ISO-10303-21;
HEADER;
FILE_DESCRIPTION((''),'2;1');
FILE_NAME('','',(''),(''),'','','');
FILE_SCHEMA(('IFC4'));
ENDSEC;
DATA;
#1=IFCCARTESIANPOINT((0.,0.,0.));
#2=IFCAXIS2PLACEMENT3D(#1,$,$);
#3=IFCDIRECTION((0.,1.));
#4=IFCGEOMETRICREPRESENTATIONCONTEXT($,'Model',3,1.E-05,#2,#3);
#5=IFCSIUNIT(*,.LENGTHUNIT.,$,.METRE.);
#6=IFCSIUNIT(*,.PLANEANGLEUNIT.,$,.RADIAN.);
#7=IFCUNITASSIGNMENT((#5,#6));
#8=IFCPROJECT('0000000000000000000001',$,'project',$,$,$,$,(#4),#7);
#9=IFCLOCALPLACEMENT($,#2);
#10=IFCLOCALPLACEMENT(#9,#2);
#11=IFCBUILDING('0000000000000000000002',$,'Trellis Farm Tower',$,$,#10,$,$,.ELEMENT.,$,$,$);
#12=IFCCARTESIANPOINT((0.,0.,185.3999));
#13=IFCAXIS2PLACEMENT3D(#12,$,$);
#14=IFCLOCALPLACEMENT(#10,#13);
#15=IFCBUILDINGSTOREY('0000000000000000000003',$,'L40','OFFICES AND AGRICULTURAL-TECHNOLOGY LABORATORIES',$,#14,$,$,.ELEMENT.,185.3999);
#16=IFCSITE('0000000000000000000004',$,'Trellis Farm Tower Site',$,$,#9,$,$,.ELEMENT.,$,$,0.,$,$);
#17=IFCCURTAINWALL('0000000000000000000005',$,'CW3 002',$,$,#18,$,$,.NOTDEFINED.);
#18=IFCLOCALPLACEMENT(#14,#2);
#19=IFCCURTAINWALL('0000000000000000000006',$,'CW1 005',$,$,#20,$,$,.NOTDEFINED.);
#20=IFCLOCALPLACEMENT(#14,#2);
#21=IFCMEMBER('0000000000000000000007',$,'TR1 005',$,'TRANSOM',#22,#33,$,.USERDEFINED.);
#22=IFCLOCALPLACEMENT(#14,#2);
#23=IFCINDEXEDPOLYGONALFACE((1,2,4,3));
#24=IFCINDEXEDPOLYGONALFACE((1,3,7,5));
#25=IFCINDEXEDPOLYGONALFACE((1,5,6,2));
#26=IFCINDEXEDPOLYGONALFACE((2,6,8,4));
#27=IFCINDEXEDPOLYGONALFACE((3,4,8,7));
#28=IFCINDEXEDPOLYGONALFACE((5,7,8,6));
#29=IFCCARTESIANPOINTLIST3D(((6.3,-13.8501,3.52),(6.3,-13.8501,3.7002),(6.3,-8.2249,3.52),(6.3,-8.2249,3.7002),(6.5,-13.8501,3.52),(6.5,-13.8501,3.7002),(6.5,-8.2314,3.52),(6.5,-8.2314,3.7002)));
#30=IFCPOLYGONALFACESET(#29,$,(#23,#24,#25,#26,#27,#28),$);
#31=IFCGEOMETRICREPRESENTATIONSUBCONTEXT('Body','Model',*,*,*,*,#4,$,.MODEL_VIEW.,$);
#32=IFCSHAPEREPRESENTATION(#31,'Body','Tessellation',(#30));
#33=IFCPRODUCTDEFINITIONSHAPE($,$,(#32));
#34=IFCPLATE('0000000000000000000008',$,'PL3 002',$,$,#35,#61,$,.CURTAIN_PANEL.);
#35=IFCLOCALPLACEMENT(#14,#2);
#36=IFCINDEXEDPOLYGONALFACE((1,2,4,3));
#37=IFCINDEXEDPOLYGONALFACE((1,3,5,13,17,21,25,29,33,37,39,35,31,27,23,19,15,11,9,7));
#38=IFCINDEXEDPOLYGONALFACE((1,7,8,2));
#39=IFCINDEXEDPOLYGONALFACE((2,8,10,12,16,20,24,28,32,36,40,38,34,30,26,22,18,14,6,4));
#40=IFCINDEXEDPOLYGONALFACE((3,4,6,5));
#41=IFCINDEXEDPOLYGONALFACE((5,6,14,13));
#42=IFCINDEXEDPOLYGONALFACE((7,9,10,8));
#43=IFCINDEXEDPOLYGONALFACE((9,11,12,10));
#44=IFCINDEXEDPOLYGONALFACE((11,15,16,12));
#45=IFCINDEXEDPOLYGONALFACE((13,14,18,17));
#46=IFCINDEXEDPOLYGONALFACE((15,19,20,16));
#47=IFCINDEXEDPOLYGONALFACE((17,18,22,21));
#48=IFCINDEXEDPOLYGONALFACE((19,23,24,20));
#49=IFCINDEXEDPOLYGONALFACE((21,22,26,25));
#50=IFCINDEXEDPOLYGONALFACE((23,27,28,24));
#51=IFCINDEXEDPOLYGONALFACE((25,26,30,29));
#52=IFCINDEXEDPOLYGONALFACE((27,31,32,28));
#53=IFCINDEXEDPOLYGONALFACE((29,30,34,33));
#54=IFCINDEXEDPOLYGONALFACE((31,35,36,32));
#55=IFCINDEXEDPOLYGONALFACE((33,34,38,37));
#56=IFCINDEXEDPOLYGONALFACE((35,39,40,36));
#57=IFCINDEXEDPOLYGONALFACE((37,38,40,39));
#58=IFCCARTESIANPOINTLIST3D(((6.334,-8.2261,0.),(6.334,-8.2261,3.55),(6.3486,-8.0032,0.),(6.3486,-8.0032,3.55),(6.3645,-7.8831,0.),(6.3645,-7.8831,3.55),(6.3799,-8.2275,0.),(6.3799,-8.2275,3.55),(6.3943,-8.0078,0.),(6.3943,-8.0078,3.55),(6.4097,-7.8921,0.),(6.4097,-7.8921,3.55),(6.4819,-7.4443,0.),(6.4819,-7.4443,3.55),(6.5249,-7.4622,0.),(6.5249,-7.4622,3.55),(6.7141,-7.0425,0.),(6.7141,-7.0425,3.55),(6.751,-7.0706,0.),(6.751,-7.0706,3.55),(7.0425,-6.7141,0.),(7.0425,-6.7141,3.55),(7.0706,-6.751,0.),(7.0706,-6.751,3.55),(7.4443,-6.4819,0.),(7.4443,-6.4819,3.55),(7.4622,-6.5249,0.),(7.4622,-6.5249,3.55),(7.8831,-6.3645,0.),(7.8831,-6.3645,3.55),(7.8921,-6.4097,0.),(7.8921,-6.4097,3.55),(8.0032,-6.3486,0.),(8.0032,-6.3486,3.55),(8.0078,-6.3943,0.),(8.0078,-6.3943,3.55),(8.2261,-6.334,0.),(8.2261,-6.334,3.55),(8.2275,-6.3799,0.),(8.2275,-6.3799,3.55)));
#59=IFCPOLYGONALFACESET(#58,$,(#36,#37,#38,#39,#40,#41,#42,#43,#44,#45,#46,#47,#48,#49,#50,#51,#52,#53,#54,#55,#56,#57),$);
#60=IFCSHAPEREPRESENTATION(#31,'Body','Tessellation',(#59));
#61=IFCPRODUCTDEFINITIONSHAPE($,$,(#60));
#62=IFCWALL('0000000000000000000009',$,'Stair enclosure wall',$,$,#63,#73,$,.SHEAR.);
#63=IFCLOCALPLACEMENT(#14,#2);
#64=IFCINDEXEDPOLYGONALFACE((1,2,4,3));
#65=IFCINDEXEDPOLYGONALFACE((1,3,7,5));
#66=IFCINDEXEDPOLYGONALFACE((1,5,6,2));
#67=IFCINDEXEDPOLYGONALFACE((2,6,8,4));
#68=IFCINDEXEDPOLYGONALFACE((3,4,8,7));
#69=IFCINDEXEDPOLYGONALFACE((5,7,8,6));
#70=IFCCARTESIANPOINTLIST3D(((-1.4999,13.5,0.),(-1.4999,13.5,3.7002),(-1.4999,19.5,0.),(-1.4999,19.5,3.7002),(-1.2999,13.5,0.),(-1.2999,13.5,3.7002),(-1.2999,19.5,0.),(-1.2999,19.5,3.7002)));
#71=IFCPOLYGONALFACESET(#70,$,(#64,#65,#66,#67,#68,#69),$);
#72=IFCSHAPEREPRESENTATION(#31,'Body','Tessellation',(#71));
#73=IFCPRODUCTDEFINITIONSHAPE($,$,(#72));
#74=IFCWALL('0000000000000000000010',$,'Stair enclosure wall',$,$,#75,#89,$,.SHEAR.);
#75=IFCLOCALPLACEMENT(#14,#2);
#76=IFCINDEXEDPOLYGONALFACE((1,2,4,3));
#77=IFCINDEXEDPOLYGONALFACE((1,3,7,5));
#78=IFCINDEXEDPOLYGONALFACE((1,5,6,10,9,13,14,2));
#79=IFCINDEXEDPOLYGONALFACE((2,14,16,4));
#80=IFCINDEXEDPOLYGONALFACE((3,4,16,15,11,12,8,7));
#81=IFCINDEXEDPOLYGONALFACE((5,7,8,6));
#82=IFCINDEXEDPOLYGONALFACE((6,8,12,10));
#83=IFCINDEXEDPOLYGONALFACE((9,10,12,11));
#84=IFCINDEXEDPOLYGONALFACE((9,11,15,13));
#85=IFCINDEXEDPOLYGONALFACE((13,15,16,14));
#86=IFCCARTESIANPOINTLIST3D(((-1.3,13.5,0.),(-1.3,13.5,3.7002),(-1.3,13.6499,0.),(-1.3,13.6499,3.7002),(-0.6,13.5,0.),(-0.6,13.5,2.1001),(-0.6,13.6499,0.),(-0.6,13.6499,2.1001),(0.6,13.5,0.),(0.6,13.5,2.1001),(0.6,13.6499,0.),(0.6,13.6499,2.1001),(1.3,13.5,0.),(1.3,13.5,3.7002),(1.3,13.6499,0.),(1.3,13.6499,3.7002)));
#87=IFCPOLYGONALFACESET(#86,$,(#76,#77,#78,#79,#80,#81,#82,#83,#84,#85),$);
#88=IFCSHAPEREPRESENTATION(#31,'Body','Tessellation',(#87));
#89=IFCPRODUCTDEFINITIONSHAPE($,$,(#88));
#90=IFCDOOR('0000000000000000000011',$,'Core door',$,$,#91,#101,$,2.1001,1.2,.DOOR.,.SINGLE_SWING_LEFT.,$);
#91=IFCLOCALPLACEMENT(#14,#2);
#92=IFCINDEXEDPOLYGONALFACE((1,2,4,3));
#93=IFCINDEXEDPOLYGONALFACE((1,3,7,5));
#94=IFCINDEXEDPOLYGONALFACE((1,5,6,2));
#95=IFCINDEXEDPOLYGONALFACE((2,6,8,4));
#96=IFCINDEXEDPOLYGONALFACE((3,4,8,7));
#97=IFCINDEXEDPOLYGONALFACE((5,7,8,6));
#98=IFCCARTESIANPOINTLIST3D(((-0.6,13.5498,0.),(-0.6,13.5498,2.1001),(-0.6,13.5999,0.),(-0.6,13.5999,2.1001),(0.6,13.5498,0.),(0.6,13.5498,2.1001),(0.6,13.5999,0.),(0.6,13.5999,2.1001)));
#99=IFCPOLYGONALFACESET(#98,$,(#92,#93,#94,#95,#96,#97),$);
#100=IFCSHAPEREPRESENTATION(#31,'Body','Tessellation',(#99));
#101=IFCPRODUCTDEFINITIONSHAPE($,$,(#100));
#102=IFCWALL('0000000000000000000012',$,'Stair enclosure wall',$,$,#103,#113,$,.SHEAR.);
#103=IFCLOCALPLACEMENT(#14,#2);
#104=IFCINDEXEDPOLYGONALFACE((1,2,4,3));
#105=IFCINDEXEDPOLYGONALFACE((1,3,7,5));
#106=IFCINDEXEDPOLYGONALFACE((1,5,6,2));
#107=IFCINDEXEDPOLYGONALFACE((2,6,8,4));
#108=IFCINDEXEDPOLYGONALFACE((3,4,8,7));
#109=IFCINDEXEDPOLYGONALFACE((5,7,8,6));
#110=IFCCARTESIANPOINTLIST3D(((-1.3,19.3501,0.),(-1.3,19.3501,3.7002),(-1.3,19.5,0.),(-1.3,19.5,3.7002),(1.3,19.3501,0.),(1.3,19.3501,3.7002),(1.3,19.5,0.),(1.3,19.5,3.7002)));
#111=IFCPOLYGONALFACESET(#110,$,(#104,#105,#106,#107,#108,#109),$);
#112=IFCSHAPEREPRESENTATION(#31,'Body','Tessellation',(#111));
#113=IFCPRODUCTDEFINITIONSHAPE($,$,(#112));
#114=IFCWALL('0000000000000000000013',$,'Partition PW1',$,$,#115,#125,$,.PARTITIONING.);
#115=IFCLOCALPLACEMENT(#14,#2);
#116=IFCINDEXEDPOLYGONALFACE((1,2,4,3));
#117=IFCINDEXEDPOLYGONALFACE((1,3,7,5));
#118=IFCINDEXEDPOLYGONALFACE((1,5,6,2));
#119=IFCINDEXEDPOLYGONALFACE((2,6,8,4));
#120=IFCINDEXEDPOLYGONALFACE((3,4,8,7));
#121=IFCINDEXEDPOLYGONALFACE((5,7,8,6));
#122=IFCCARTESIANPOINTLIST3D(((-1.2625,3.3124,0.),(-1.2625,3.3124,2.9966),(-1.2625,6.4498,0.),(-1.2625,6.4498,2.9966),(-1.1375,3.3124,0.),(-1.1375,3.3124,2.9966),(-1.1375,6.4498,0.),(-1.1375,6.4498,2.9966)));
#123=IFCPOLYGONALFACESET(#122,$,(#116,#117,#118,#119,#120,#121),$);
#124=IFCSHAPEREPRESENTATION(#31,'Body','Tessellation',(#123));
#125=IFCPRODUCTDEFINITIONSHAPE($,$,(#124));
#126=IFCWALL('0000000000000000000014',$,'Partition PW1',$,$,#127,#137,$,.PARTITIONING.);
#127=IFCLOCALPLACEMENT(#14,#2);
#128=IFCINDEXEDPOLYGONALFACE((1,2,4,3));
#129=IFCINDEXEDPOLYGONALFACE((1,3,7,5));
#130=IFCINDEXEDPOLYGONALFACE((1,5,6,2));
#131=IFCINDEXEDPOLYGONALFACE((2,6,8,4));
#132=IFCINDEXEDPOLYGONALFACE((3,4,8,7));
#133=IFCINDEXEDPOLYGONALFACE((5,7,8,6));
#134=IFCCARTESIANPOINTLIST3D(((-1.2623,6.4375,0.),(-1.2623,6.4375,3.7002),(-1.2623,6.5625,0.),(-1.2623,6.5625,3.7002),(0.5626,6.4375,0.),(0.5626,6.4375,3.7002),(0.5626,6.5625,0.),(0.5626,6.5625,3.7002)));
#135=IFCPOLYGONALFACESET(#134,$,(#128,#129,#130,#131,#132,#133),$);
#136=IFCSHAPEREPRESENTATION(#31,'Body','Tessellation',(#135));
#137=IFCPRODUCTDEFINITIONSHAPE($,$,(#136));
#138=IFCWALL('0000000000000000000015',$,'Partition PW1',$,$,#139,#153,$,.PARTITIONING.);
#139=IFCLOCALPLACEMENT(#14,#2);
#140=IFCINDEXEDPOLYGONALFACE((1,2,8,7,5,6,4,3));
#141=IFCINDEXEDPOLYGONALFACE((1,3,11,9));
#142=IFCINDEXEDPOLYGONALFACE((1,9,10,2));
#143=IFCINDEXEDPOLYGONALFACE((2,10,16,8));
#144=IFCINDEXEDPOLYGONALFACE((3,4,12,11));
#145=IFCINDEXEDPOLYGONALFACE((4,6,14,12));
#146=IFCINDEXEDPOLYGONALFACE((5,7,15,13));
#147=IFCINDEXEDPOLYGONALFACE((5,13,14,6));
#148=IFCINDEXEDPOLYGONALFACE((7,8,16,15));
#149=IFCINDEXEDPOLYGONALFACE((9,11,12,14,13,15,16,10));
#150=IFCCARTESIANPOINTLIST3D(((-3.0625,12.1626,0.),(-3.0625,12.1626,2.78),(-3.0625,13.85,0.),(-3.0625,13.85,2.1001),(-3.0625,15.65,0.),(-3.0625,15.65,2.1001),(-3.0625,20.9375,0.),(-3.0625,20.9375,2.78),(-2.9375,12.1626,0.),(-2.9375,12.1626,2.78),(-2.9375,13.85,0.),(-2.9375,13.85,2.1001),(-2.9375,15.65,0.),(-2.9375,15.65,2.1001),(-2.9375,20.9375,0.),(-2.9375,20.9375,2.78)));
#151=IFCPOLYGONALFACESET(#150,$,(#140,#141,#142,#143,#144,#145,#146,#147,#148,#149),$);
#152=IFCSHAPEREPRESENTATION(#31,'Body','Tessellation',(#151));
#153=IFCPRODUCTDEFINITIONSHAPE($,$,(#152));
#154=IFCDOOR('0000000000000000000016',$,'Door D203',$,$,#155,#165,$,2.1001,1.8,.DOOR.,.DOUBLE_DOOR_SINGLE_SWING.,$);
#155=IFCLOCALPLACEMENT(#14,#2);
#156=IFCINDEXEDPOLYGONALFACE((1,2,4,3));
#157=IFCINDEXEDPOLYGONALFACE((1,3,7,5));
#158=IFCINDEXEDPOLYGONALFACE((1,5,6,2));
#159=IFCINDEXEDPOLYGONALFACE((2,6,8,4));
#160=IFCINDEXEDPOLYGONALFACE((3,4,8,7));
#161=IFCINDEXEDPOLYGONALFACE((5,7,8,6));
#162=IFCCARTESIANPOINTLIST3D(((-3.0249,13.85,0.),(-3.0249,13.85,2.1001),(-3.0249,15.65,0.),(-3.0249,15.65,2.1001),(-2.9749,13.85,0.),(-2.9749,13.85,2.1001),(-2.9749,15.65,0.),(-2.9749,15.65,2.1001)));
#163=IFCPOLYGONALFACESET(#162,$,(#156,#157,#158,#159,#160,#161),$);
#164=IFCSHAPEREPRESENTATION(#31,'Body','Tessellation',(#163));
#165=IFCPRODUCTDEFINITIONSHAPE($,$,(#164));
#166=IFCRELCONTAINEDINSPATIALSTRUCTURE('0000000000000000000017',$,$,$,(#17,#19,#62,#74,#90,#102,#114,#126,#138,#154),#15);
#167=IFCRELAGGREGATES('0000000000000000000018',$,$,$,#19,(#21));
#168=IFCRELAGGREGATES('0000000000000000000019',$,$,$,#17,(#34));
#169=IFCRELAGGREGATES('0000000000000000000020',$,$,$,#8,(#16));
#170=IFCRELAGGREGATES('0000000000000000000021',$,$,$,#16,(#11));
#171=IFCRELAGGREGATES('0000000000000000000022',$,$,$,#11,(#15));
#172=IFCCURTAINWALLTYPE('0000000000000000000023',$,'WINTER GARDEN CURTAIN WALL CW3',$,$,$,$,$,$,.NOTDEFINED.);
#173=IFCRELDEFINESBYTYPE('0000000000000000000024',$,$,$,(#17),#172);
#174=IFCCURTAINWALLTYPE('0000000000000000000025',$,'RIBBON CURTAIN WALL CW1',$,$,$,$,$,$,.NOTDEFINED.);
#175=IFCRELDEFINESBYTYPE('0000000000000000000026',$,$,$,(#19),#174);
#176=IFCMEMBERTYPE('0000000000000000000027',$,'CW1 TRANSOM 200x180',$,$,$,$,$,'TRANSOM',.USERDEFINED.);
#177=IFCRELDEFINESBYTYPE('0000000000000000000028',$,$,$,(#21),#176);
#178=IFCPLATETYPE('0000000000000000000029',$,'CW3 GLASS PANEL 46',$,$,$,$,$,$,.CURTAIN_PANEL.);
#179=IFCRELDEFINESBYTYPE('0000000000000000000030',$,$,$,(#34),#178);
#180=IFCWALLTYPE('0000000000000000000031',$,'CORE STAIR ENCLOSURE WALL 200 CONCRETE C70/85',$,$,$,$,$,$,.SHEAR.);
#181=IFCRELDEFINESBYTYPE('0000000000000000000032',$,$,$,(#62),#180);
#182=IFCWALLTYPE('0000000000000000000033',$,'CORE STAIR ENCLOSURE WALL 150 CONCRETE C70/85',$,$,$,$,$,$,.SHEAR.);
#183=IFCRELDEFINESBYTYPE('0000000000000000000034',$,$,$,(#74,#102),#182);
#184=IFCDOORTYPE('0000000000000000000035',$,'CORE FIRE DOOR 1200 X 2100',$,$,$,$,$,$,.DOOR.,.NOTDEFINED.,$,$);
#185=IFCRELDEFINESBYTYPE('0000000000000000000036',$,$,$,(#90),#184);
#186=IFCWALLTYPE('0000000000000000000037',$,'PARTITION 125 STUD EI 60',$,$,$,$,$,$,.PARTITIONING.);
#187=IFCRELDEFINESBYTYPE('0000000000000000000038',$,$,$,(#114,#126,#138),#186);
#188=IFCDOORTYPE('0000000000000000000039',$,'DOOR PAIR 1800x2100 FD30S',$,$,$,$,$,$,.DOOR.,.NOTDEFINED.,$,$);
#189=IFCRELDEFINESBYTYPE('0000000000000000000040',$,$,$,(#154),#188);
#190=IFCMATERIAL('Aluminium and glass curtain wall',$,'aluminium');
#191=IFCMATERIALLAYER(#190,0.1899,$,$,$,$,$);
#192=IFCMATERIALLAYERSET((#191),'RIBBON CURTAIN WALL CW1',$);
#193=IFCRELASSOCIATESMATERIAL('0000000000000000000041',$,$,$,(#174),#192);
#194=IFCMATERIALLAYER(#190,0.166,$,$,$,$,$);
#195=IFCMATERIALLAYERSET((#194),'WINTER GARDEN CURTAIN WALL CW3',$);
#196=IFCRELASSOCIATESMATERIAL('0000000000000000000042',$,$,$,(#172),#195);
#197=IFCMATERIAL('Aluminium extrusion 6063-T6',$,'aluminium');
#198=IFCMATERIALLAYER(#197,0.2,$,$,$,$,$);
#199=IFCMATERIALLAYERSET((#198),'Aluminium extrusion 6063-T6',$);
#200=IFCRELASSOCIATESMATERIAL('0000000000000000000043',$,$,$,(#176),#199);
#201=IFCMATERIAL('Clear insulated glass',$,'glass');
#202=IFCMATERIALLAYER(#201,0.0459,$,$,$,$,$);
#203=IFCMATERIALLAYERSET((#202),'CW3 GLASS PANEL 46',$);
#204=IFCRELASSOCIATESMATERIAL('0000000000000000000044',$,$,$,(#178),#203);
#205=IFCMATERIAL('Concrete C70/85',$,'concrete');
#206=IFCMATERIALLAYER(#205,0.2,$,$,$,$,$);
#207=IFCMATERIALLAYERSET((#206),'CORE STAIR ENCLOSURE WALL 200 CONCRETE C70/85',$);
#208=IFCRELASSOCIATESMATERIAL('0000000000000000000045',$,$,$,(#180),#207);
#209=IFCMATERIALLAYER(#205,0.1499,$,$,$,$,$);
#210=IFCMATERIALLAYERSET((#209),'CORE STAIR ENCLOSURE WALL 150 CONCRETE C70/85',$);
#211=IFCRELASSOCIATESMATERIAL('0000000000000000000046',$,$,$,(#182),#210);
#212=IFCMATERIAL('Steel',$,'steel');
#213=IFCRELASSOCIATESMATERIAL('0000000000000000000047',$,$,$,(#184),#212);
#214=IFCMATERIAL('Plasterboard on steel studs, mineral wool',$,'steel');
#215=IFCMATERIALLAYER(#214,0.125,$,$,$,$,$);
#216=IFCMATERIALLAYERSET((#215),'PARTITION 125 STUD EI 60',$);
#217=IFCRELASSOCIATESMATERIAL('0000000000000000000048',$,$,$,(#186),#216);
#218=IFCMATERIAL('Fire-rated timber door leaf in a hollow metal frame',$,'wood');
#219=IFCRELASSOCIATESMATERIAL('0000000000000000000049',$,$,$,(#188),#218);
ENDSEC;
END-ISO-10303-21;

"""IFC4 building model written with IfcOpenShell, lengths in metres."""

from ifc_helpers import new_model, si_unit, direction, frame, frame_2d, origin, place, context, subcontext, project, spatial, polyline, rectangle, outline, extrude, source, transform, mapped, material, layer, layer_set, type_object, element, fill, aggregate, save


model = new_model("IFC4")

# Units and contexts
model_context = context("Model", 3, precision=1e-05, world=origin(), true_north=direction((0.0, 1.0)))
body_context = subcontext(model_context, "Body", "Model", "MODEL_VIEW")
ifc_project = project(units=[si_unit("LENGTHUNIT", "METRE"), si_unit("PLANEANGLEUNIT", "RADIAN")], contexts=[model_context])

# Site, building, storey
site_placement = place(None, origin())
site = spatial("IfcSite", under=ifc_project, at=site_placement, Name="Trellis Farm Tower Site", CompositionType="ELEMENT", RefElevation=0.0)
building_placement = place(site_placement, origin())
building = spatial("IfcBuilding", under=site, at=building_placement, Name="Trellis Farm Tower", CompositionType="ELEMENT")
storey_placement = place(building_placement, frame((0.0, 0.0, 185.3999)))
storey = spatial("IfcBuildingStorey", under=building, at=storey_placement, Name="L40", Description="OFFICES AND AGRICULTURAL-TECHNOLOGY LABORATORIES", CompositionType="ELEMENT", Elevation=185.3999)

# Shared definitions
ifc_material_1 = material(Name="Concrete C70/85", Category="concrete")

# Curtain walls, member
ifc_material_2 = material(Name="Aluminium and glass curtain wall", Category="aluminium")
ifc_layer_1 = layer(ifc_material_2, 0.1899)
ifc_layer_set_1 = layer_set([ifc_layer_1], Name="RIBBON CURTAIN WALL CW1")
curtain_wall_type_1 = type_object("IfcCurtainWallType", Name="RIBBON CURTAIN WALL CW1", PredefinedType="NOTDEFINED", material=ifc_layer_set_1)
placement = place(storey_placement, origin())
ifc_material_3 = material(Name="Aluminium extrusion 6063-T6", Category="aluminium")
ifc_layer_2 = layer(ifc_material_2, 0.166)
ifc_layer_set_2 = layer_set([ifc_layer_2], Name="WINTER GARDEN CURTAIN WALL CW3")
curtain_wall_type_2 = type_object("IfcCurtainWallType", Name="WINTER GARDEN CURTAIN WALL CW3", PredefinedType="NOTDEFINED", material=ifc_layer_set_2)
curtain_wall_1 = element("IfcCurtainWall", 1, at=placement, inside=storey, type_object=curtain_wall_type_2, Name="CW3 002", PredefinedType="NOTDEFINED")
curtain_wall_2 = element("IfcCurtainWall", 2, at=placement, inside=storey, type_object=curtain_wall_type_1, Name="CW1 005", PredefinedType="NOTDEFINED")
ifc_layer_3 = layer(ifc_material_3, 0.2)
ifc_layer_set_3 = layer_set([ifc_layer_3], Name="Aluminium extrusion 6063-T6")
member_type_1 = type_object("IfcMemberType", Name="CW1 TRANSOM 200x180", ElementType="TRANSOM", PredefinedType="USERDEFINED", material=ifc_layer_set_3)
shared_shape_1 = source(origin(), body_context, "Body", "SweptSolid", [
    extrude(outline(polyline([(6.5, -13.8501), (6.5, -8.2314), (6.3, -8.2249), (6.3, -13.8501), (6.5, -13.8501)])), origin(), (0.0, 0.0, 1.0), 0.1802),
])
member_1_placement = place(storey_placement, frame((0.0, 0.0, 3.52)))
member_1 = element("IfcMember", 3, at=member_1_placement, type_object=member_type_1, Name="TR1 005", ObjectType="TRANSOM", PredefinedType="USERDEFINED", context=body_context, shape_type="MappedRepresentation", body=[
    mapped(shared_shape_1, transform((0.0, 0.0, 0.0))),
])
aggregate(curtain_wall_2, [member_1])

# Plate
ifc_material_4 = material(Name="Clear insulated glass", Category="glass")
ifc_layer_4 = layer(ifc_material_4, 0.0459)
ifc_layer_set_4 = layer_set([ifc_layer_4], Name="CW3 GLASS PANEL 46")
plate_type = type_object("IfcPlateType", Name="CW3 GLASS PANEL 46", PredefinedType="CURTAIN_PANEL", material=ifc_layer_set_4)
shared_shape_2 = source(origin(), body_context, "Body", "SweptSolid", [
    extrude(outline(polyline([(6.3799, -8.2275), (6.3943, -8.0078), (6.4097, -7.8921), (6.5249, -7.4622), (6.751, -7.0706), (7.0706, -6.751), (7.4622, -6.5249), (7.8921, -6.4097), (8.0078, -6.3943), (8.2275, -6.3799), (8.2261, -6.334), (8.0032, -6.3486), (7.8831, -6.3645), (7.4443, -6.4819), (7.0425, -6.7141), (6.7141, -7.0425), (6.4819, -7.4443), (6.3645, -7.8831), (6.3486, -8.0032), (6.334, -8.2261), (6.3799, -8.2275)])), origin(), (0.0, 0.0, 1.0), 3.55),
])
plate = element("IfcPlate", 4, at=placement, type_object=plate_type, Name="PL3 002", PredefinedType="CURTAIN_PANEL", context=body_context, shape_type="MappedRepresentation", body=[
    mapped(shared_shape_2, transform((0.0, 0.0, 0.0))),
])
aggregate(curtain_wall_1, [plate])

# Wall
ifc_layer_5 = layer(ifc_material_1, 0.2)
ifc_layer_set_5 = layer_set([ifc_layer_5], Name="CORE STAIR ENCLOSURE WALL 200 CONCRETE C70/85")
wall_type_1 = type_object("IfcWallType", Name="CORE STAIR ENCLOSURE WALL 200 CONCRETE C70/85", PredefinedType="SHEAR", material=ifc_layer_set_5)
shared_shape_3 = source(origin(), body_context, "Body", "SweptSolid", [
    extrude(rectangle(XDim=6.0, YDim=0.2, at=frame_2d((3.0, 0.0))), origin(), (0.0, 0.0, 1.0), 3.7002),
])
wall_1_placement = place(storey_placement, frame((-1.3999, 13.5, 0.0), z_axis=(0.0, 0.0, 1.0), x_axis=(0.0, 1.0, 0.0)))
element("IfcWall", 5, at=wall_1_placement, inside=storey, type_object=wall_type_1, Name="Stair enclosure wall", PredefinedType="SHEAR", context=body_context, shape_type="MappedRepresentation", body=[
    mapped(shared_shape_3, transform((0.0, 0.0, 0.0))),
])

# Wall, opening, door
ifc_layer_6 = layer(ifc_material_1, 0.1499)
ifc_layer_set_6 = layer_set([ifc_layer_6], Name="CORE STAIR ENCLOSURE WALL 150 CONCRETE C70/85")
wall_type_2 = type_object("IfcWallType", Name="CORE STAIR ENCLOSURE WALL 150 CONCRETE C70/85", PredefinedType="SHEAR", material=ifc_layer_set_6)
shared_shape_4 = source(origin(), body_context, "Body", "SweptSolid", [
    extrude(rectangle(XDim=2.6001, YDim=0.1499, at=frame_2d((1.3, 0.0))), origin(), (0.0, 0.0, 1.0), 3.7002),
])
wall_2_placement = place(storey_placement, frame((-1.3, 13.575, 0.0), z_axis=(0.0, 0.0, 1.0), x_axis=(1.0, 0.0, 0.0)))
wall_2 = element("IfcWall", 6, at=wall_2_placement, inside=storey, type_object=wall_type_2, Name="Stair enclosure wall", PredefinedType="SHEAR", context=body_context, shape_type="MappedRepresentation", body=[
    mapped(shared_shape_4, transform((0.0, 0.0, 0.0))),
])
shared_shape_5 = source(origin(), body_context, "Body", "SweptSolid", [
    extrude(rectangle(XDim=1.2, YDim=2.1001, at=frame_2d((0.6001, 1.05))), frame((0.0, 0.085, 0.0), z_axis=(0.0, -1.0, 0.0), x_axis=(1.0, 0.0, 0.0)), (0.0, 0.0, 1.0), 0.1699),
])
opening_1_placement = place(wall_2_placement, frame((0.7, 0.0, 0.0)))
opening_1 = element("IfcOpeningElement", 7, at=opening_1_placement, cuts=wall_2, PredefinedType="OPENING", context=body_context, shape_type="MappedRepresentation", body=[
    mapped(shared_shape_5, transform((0.0, 0.0, 0.0))),
])
ifc_material_5 = material(Name="Steel", Category="steel")
door_type_1 = type_object("IfcDoorType", Name="CORE FIRE DOOR 1200 X 2100", OperationType="NOTDEFINED", PredefinedType="DOOR", material=ifc_material_5)
shared_shape_6 = source(origin(), body_context, "Body", "SweptSolid", [
    extrude(rectangle(XDim=1.2, YDim=2.1001, at=frame_2d((0.6001, 1.05))), frame((0.0, 0.0249, 0.0), z_axis=(0.0, -1.0, 0.0), x_axis=(1.0, 0.0, 0.0)), (0.0, 0.0, 1.0), 0.05),
])
door_1_placement = place(opening_1_placement, origin())
door_1 = element("IfcDoor", 8, at=door_1_placement, inside=storey, type_object=door_type_1, Name="Core door", OperationType="SINGLE_SWING_LEFT", OverallHeight=2.1001, OverallWidth=1.2, PredefinedType="DOOR", context=body_context, shape_type="MappedRepresentation", body=[
    mapped(shared_shape_6, transform((0.0, 0.0, 0.0))),
])
fill(opening_1, door_1)

# Wall
wall_3_placement = place(storey_placement, frame((-1.3, 19.425, 0.0), z_axis=(0.0, 0.0, 1.0), x_axis=(1.0, 0.0, 0.0)))
element("IfcWall", 9, at=wall_3_placement, inside=storey, type_object=wall_type_2, Name="Stair enclosure wall", PredefinedType="SHEAR", context=body_context, shape_type="MappedRepresentation", body=[
    mapped(shared_shape_4, transform((0.0, 0.0, 0.0))),
])

# Walls
ifc_material_6 = material(Name="Plasterboard on steel studs, mineral wool", Category="steel")
ifc_layer_7 = layer(ifc_material_6, 0.125)
ifc_layer_set_7 = layer_set([ifc_layer_7], Name="PARTITION 125 STUD EI 60")
wall_type_3 = type_object("IfcWallType", Name="PARTITION 125 STUD EI 60", PredefinedType="PARTITIONING", material=ifc_layer_set_7)
shared_shape_7 = source(origin(), body_context, "Body", "SweptSolid", [
    extrude(rectangle(XDim=3.1375, YDim=0.125, at=frame_2d((1.5688, 0.0))), origin(), (0.0, 0.0, 1.0), 2.9966),
])
wall_4_placement = place(storey_placement, frame((-1.2, 6.45, 0.0), z_axis=(0.0, 0.0, 1.0), x_axis=(0.0, -1.0, 0.0)))
element("IfcWall", 10, at=wall_4_placement, inside=storey, type_object=wall_type_3, Name="Partition PW1", PredefinedType="PARTITIONING", context=body_context, shape_type="MappedRepresentation", body=[
    mapped(shared_shape_7, transform((0.0, 0.0, 0.0))),
])
shared_shape_8 = source(origin(), body_context, "Body", "SweptSolid", [
    extrude(rectangle(XDim=1.825, YDim=0.125, at=frame_2d((0.9126, 0.0))), origin(), (0.0, 0.0, 1.0), 3.7002),
])
wall_5_placement = place(storey_placement, frame((-1.2625, 6.5, 0.0), z_axis=(0.0, 0.0, 1.0), x_axis=(1.0, 0.0, 0.0)))
element("IfcWall", 11, at=wall_5_placement, inside=storey, type_object=wall_type_3, Name="Partition PW1", PredefinedType="PARTITIONING", context=body_context, shape_type="MappedRepresentation", body=[
    mapped(shared_shape_8, transform((0.0, 0.0, 0.0))),
])

# Wall, opening, door
shared_shape_9 = source(origin(), body_context, "Body", "SweptSolid", [
    extrude(rectangle(XDim=8.7749, YDim=0.125, at=frame_2d((4.3875, 0.0))), origin(), (0.0, 0.0, 1.0), 2.78),
])
wall_6_placement = place(storey_placement, frame((-3.0, 12.1626, 0.0), z_axis=(0.0, 0.0, 1.0), x_axis=(0.0, 1.0, 0.0)))
wall_6 = element("IfcWall", 12, at=wall_6_placement, inside=storey, type_object=wall_type_3, Name="Partition PW1", PredefinedType="PARTITIONING", context=body_context, shape_type="MappedRepresentation", body=[
    mapped(shared_shape_9, transform((0.0, 0.0, 0.0))),
])
shared_shape_10 = source(origin(), body_context, "Body", "SweptSolid", [
    extrude(rectangle(XDim=1.8, YDim=2.1001, at=frame_2d((0.8999, 1.05))), frame((0.0, 0.0725, 0.0), z_axis=(0.0, -1.0, 0.0), x_axis=(1.0, 0.0, 0.0)), (0.0, 0.0, 1.0), 0.145),
])
opening_2_placement = place(wall_6_placement, frame((1.6875, 0.0, 0.0)))
opening_2 = element("IfcOpeningElement", 13, at=opening_2_placement, cuts=wall_6, PredefinedType="OPENING", context=body_context, shape_type="MappedRepresentation", body=[
    mapped(shared_shape_10, transform((0.0, 0.0, 0.0))),
])
ifc_material_7 = material(Name="Fire-rated timber door leaf in a hollow metal frame", Category="wood")
door_type_2 = type_object("IfcDoorType", Name="DOOR PAIR 1800x2100 FD30S", OperationType="NOTDEFINED", PredefinedType="DOOR", material=ifc_material_7)
shared_shape_11 = source(origin(), body_context, "Body", "SweptSolid", [
    extrude(rectangle(XDim=1.8, YDim=2.1001, at=frame_2d((0.8999, 1.05))), frame((0.0, 0.0249, 0.0), z_axis=(0.0, -1.0, 0.0), x_axis=(1.0, 0.0, 0.0)), (0.0, 0.0, 1.0), 0.05),
])
door_2_placement = place(opening_2_placement, origin())
door_2 = element("IfcDoor", 14, at=door_2_placement, inside=storey, type_object=door_type_2, Name="Door D203", OperationType="DOUBLE_DOOR_SINGLE_SWING", OverallHeight=2.1001, OverallWidth=1.8, PredefinedType="DOOR", context=body_context, shape_type="MappedRepresentation", body=[
    mapped(shared_shape_11, transform((0.0, 0.0, 0.0))),
])
fill(opening_2, door_2)

save(model, "model.ifc")
